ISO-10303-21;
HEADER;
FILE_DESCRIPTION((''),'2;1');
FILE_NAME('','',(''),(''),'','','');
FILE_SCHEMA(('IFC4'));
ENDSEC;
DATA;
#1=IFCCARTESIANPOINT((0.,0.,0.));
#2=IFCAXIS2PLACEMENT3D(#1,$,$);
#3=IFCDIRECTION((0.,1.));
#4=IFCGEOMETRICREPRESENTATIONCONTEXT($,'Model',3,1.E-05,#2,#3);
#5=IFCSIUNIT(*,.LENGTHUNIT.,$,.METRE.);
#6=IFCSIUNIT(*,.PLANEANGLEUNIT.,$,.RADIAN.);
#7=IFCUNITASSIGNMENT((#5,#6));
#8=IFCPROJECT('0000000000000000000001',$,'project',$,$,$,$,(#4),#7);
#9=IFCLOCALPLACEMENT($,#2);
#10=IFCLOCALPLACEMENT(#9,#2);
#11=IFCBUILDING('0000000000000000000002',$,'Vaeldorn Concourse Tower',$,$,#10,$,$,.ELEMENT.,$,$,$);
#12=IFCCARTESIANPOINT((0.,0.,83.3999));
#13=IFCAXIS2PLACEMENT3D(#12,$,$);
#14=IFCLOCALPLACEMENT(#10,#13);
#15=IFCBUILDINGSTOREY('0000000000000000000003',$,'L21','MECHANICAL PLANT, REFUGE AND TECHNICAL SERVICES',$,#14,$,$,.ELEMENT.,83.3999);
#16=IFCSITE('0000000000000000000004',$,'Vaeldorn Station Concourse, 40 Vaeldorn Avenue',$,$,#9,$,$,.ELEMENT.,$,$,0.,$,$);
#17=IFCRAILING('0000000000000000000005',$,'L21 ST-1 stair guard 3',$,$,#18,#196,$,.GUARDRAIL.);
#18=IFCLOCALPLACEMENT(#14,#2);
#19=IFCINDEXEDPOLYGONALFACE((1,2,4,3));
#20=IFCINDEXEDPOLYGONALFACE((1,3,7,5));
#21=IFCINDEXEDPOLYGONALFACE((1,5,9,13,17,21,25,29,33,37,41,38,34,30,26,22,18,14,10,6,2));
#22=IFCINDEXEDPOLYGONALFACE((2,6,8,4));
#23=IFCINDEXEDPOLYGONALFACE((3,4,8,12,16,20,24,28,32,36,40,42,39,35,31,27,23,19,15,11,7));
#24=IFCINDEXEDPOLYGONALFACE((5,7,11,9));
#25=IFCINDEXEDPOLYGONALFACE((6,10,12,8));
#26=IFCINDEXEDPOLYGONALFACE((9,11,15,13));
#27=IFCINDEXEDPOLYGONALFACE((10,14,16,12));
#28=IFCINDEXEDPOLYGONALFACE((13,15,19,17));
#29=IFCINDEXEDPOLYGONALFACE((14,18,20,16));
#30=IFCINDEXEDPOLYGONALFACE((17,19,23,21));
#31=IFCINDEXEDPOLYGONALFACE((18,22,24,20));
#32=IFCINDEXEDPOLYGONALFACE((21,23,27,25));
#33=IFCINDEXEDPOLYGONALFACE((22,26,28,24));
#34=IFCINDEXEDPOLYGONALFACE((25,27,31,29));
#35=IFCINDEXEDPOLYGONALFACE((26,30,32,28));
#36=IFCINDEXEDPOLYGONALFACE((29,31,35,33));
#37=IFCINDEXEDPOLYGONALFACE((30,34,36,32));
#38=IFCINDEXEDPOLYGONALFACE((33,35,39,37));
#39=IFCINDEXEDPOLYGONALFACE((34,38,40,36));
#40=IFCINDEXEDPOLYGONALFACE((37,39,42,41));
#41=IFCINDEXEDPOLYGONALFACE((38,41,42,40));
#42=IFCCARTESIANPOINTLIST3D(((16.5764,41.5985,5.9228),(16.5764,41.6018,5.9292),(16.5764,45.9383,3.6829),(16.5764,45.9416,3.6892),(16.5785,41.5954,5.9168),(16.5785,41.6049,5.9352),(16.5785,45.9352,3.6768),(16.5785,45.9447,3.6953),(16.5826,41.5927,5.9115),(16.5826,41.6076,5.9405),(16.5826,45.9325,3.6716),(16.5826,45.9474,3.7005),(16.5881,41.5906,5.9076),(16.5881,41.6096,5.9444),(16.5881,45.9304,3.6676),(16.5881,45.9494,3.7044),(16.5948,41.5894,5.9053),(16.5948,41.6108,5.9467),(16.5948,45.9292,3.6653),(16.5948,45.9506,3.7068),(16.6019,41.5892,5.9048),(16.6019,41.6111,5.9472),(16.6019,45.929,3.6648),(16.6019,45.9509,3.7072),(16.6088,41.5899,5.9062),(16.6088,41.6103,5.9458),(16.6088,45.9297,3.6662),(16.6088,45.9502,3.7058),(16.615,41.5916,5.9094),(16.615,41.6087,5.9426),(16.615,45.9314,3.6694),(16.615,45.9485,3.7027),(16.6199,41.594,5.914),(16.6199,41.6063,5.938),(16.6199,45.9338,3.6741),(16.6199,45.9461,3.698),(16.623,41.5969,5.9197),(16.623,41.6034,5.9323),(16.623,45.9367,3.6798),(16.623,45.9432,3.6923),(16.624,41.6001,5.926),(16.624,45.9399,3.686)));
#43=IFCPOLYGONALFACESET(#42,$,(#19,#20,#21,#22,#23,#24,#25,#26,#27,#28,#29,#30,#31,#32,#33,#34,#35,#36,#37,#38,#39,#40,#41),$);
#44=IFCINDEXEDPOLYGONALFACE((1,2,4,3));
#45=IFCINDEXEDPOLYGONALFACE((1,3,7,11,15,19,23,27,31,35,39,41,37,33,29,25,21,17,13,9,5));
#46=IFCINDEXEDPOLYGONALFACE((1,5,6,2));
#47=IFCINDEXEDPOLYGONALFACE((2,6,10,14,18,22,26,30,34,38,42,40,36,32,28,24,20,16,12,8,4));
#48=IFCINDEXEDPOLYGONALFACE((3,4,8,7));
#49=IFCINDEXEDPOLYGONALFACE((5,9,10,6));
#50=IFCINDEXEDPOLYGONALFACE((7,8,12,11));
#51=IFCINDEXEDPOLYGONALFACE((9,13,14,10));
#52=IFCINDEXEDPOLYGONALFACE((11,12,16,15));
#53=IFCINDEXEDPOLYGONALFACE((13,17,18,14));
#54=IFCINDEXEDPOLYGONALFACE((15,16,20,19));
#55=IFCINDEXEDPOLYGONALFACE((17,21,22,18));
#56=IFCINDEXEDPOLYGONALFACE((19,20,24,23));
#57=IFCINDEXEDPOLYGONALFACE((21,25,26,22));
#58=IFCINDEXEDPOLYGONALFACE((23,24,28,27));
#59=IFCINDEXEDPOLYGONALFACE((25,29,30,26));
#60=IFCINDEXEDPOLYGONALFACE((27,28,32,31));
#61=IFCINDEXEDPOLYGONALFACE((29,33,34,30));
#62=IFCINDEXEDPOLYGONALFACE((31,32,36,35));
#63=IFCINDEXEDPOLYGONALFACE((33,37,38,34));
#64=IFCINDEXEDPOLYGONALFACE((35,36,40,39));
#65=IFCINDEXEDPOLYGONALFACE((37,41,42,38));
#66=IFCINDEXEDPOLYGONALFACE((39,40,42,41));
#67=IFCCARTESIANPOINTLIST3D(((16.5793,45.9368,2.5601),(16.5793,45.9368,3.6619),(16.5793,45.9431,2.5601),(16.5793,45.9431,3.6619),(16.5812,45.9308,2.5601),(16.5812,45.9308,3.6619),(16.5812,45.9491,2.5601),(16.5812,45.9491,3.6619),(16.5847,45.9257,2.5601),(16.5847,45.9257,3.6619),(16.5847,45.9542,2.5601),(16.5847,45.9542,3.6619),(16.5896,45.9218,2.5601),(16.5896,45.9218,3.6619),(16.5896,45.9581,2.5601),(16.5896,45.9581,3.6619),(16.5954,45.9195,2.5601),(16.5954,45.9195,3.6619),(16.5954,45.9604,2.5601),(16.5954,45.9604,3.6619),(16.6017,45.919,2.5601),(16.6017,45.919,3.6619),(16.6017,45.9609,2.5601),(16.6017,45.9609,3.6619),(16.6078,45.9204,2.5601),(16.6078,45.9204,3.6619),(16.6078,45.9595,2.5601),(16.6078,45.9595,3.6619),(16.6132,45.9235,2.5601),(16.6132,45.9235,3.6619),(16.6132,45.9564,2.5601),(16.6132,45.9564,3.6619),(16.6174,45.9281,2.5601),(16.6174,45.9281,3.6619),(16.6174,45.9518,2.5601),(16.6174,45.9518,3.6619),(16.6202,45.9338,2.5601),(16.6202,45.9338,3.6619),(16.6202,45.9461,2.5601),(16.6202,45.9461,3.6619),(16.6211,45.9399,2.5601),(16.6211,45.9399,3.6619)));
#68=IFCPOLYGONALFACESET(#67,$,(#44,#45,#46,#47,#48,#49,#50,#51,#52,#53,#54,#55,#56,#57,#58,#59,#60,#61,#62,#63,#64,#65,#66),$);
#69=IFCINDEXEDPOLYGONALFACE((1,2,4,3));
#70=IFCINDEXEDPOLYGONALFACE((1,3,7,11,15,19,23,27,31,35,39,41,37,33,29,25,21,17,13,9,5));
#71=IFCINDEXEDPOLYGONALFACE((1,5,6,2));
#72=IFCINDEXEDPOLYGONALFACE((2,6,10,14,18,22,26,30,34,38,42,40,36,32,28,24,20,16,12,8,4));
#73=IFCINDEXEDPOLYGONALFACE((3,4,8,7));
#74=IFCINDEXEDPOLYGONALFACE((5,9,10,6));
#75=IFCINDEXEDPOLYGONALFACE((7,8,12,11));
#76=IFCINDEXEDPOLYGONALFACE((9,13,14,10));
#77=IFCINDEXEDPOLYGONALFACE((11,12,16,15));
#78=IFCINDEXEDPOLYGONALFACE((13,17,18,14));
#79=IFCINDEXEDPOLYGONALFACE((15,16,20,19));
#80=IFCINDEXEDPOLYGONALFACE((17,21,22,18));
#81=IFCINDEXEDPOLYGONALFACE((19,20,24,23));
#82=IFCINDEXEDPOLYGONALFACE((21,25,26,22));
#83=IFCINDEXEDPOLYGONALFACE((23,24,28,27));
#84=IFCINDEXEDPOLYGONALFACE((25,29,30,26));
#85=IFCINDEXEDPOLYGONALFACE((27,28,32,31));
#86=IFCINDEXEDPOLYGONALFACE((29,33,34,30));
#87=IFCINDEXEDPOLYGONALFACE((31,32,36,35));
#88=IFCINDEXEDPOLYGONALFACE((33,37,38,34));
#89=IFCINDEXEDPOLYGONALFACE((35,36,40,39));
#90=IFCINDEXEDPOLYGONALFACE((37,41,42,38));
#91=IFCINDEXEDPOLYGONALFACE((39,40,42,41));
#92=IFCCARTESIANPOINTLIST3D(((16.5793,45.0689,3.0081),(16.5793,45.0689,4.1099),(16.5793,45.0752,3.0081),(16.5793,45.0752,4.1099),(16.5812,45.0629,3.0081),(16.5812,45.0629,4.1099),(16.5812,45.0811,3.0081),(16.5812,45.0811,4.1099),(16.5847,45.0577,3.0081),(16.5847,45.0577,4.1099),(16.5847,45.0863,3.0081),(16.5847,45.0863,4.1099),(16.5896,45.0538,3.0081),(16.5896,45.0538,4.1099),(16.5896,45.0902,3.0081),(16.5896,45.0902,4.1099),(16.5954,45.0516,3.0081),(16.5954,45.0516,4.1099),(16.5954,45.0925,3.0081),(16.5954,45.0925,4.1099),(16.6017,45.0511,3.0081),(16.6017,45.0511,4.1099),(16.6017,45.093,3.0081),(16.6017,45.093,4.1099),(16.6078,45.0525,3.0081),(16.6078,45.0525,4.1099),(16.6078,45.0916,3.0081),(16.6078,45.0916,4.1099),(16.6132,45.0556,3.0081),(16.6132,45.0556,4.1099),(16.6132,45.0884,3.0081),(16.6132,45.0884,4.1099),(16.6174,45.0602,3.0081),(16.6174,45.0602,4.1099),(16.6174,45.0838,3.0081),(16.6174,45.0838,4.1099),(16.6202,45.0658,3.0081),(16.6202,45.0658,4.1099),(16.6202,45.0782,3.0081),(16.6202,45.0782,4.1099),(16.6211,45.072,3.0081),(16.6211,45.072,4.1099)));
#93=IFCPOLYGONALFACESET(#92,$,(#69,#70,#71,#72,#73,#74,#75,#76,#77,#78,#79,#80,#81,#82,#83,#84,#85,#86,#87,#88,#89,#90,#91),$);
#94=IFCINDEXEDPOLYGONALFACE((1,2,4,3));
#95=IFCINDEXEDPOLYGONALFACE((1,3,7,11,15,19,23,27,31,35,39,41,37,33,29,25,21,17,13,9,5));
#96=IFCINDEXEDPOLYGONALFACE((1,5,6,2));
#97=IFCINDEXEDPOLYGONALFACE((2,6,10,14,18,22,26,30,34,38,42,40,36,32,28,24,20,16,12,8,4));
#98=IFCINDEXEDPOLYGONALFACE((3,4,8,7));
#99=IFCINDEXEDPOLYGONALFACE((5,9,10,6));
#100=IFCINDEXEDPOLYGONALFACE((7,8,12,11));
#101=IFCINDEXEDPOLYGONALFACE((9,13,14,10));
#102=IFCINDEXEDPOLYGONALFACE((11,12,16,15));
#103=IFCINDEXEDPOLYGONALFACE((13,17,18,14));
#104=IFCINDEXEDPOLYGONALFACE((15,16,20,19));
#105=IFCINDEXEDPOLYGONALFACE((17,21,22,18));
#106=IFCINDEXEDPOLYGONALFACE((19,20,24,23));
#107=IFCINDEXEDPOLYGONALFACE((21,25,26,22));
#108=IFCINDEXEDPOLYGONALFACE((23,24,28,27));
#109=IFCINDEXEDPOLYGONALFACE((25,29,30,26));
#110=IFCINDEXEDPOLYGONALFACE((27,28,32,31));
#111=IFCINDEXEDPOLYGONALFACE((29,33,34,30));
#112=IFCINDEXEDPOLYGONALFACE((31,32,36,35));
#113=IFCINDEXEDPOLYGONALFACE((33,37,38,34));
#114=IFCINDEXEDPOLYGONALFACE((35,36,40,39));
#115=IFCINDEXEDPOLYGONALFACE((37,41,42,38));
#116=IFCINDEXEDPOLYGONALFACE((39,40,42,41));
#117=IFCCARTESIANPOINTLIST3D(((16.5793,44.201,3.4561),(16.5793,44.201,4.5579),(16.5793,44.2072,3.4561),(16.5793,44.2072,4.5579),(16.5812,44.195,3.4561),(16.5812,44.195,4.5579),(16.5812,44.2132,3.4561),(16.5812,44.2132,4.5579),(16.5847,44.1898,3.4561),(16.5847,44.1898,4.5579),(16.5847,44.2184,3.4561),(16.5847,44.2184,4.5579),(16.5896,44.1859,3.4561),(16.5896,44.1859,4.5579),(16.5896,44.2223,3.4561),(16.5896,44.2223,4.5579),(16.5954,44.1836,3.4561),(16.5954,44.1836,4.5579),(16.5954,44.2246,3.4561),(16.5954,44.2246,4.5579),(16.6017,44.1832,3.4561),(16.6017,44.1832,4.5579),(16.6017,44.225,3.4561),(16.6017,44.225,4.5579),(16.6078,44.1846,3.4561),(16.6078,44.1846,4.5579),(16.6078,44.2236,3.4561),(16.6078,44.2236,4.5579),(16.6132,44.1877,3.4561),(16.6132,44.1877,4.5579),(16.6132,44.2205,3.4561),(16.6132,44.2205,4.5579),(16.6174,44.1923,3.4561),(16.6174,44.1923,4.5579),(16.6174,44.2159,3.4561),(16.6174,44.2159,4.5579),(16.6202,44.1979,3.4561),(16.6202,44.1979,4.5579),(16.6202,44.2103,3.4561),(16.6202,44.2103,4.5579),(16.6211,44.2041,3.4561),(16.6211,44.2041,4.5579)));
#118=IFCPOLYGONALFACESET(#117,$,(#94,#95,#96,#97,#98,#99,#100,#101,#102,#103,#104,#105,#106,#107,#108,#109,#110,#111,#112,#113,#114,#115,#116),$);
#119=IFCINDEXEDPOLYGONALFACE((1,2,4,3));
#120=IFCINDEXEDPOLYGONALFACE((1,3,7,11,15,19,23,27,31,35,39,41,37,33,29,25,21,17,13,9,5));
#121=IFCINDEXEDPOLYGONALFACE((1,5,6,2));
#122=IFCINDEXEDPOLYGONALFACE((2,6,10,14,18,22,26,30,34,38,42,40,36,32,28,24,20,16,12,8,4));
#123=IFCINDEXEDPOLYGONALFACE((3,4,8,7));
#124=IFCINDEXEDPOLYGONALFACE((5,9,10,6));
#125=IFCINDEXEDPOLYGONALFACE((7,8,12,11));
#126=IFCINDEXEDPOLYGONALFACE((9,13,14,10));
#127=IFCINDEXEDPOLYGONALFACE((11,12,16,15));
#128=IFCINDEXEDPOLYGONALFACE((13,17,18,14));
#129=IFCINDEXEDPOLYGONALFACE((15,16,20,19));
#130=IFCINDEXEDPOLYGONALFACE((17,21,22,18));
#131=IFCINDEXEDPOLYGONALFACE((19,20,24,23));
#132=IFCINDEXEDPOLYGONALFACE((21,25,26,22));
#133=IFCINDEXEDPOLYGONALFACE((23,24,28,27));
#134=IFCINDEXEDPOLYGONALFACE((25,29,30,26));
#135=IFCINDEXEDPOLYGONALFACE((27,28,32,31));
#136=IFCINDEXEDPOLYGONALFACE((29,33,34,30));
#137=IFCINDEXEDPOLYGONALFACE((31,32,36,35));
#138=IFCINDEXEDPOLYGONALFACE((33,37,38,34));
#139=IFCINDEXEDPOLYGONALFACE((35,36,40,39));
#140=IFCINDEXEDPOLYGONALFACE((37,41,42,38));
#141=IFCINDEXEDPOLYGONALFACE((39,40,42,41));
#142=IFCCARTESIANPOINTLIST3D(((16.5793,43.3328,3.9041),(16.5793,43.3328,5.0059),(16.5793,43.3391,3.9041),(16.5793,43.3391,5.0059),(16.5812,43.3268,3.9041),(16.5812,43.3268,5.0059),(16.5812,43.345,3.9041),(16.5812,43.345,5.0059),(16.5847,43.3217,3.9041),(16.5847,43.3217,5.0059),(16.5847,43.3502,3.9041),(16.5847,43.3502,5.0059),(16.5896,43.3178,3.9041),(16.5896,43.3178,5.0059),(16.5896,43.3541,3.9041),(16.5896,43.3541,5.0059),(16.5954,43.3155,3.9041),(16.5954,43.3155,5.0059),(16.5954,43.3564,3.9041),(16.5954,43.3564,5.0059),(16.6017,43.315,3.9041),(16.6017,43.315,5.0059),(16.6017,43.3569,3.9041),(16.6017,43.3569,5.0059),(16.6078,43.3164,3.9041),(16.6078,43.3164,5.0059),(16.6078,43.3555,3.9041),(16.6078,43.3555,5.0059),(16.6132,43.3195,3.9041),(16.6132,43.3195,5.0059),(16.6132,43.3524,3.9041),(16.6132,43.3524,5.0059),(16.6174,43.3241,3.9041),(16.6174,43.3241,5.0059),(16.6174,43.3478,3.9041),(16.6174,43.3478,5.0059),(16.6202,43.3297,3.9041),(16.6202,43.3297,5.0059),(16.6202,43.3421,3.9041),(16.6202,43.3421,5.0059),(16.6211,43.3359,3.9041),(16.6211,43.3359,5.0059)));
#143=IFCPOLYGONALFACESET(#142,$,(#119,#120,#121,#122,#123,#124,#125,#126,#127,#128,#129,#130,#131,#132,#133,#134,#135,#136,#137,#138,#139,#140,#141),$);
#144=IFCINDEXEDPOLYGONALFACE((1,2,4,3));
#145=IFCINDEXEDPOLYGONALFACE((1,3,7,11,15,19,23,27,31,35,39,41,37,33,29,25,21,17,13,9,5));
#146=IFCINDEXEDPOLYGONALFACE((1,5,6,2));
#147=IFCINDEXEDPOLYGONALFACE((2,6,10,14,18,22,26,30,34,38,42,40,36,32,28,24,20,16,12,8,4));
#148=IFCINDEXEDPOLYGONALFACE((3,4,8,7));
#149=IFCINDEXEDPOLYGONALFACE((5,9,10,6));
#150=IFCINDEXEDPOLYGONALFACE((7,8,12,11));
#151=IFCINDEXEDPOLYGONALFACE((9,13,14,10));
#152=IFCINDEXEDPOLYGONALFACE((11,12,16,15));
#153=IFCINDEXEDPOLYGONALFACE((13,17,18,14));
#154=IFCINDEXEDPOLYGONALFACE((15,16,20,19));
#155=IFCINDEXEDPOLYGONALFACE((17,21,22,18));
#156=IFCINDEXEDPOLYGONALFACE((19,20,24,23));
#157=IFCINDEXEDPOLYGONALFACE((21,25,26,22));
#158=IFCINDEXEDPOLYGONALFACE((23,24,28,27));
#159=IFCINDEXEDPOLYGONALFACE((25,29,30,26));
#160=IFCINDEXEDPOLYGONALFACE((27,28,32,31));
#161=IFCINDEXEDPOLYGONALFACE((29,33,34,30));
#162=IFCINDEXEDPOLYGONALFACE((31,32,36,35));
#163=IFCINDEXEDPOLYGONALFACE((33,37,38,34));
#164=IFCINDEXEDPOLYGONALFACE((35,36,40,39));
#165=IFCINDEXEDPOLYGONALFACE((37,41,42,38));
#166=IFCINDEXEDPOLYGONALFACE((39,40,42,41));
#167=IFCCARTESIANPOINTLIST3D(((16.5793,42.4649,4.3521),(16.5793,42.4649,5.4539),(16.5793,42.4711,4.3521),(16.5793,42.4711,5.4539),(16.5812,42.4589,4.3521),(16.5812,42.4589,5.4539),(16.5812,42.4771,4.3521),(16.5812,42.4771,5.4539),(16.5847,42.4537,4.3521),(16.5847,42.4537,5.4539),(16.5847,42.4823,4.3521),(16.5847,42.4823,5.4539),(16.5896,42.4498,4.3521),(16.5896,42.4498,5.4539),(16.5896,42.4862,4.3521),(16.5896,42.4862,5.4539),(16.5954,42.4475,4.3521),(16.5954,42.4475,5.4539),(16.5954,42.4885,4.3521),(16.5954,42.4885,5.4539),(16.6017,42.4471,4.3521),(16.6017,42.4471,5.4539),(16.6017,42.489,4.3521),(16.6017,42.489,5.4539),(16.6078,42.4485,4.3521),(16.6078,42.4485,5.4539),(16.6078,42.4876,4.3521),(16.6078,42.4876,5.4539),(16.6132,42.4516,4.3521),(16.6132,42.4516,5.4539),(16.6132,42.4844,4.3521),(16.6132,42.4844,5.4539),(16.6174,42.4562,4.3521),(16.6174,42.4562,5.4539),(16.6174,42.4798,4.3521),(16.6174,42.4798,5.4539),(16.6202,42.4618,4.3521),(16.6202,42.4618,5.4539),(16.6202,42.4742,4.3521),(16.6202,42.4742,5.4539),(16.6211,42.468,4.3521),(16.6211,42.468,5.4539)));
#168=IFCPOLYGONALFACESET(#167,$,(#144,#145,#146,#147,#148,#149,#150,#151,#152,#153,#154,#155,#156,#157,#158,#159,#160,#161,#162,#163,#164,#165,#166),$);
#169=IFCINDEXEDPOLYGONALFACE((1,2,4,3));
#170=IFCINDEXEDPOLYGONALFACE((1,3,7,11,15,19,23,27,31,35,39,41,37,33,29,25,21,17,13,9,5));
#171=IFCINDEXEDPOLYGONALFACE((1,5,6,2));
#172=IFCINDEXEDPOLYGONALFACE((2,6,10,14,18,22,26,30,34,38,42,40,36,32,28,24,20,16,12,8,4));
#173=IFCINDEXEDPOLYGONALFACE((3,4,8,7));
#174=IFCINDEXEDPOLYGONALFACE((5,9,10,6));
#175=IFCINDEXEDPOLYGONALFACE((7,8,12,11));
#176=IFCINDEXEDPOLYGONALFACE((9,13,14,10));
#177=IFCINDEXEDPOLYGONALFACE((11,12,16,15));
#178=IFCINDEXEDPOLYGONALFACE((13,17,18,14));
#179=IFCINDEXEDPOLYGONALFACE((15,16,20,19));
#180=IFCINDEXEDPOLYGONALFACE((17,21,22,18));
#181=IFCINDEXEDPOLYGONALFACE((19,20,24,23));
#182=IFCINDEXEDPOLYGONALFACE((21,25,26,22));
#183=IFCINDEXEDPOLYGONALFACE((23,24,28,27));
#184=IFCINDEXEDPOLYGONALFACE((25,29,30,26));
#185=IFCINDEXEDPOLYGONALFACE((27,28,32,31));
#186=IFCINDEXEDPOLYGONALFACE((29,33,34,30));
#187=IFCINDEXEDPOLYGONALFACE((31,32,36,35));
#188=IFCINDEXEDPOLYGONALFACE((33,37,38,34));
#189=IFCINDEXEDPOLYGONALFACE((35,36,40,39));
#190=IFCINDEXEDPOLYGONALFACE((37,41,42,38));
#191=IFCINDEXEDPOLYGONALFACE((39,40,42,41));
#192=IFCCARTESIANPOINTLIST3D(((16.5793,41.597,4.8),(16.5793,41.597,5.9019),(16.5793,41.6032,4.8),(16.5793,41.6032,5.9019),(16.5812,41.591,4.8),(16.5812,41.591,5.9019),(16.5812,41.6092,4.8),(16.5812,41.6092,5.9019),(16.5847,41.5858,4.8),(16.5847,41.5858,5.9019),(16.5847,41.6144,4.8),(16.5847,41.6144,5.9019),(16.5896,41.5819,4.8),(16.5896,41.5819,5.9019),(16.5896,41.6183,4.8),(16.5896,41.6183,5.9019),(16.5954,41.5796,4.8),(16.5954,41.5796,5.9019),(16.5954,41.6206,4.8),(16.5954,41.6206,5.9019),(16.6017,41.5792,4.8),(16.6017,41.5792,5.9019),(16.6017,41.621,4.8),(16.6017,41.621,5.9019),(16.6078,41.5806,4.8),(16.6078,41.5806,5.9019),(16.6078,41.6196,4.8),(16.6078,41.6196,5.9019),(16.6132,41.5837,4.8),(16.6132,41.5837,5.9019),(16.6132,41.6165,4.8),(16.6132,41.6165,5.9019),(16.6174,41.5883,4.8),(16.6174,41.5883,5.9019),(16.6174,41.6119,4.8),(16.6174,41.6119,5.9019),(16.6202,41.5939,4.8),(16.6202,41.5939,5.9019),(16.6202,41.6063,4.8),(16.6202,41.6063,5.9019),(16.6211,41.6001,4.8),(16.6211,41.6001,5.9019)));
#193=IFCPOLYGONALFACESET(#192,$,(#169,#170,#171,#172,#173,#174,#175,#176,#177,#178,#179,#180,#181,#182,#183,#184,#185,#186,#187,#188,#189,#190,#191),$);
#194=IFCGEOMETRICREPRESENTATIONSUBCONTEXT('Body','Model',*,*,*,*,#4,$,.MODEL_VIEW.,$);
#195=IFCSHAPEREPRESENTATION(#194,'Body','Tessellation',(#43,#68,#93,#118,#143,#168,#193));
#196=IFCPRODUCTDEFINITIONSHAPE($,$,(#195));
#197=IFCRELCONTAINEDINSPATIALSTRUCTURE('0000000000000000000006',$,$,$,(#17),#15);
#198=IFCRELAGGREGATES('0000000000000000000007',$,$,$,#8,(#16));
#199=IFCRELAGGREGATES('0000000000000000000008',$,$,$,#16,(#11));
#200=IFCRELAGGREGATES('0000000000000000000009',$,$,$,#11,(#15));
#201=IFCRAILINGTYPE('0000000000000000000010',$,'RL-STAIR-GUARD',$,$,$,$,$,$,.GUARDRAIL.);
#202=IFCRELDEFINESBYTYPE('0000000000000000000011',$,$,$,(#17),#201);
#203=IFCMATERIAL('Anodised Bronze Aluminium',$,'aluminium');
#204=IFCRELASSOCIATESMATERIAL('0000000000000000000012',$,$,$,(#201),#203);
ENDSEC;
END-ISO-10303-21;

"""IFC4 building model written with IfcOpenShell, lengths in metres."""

from ifc_helpers import new_model, si_unit, direction, frame, origin, origin_2d, place, context, subcontext, project, spatial, circle, extrude, material, type_object, element, save


model = new_model("IFC4")

# Units and contexts
model_context = context("Model", 3, precision=1e-05, world=origin(), true_north=direction((0.0, 1.0)))
body_context = subcontext(model_context, "Body", "Model", "MODEL_VIEW")
ifc_project = project(units=[si_unit("LENGTHUNIT", "METRE"), si_unit("PLANEANGLEUNIT", "RADIAN")], contexts=[model_context])

# Site, building, storey
site_placement = place(None, origin())
site = spatial("IfcSite", under=ifc_project, at=site_placement, Name="Vaeldorn Station Concourse, 40 Vaeldorn Avenue", CompositionType="ELEMENT", RefElevation=0.0)
building_placement = place(site_placement, origin())
building = spatial("IfcBuilding", under=site, at=building_placement, Name="Vaeldorn Concourse Tower", CompositionType="ELEMENT")
storey_placement = place(building_placement, frame((0.0, 0.0, 83.3999)))
storey = spatial("IfcBuildingStorey", under=building, at=storey_placement, Name="L21", Description="MECHANICAL PLANT, REFUGE AND TECHNICAL SERVICES", CompositionType="ELEMENT", Elevation=83.3999)

# Railing
ifc_material_1 = material(Name="Anodised Bronze Aluminium", Category="aluminium")
railing_type_1 = type_object("IfcRailingType", Name="RL-STAIR-GUARD", PredefinedType="GUARDRAIL", material=ifc_material_1)
railing_1_placement = place(storey_placement, frame((16.6001, 45.9399, 2.5601)))
element("IfcRailing", 1, at=railing_1_placement, inside=storey, type_object=railing_type_1, Name="L21 ST-1 stair guard 3", PredefinedType="GUARDRAIL", context=body_context, shape_type="SweptSolid", body=[
    extrude(circle(Radius=0.0239, at=origin_2d()), frame((0.0, 0.0, 1.126), z_axis=(0.0, -0.888615, 0.458654), x_axis=(1.0, 0.0, 0.0)), (0.0, 0.0, 1.0), 4.8838),
    extrude(circle(Radius=0.021, at=origin_2d()), origin(), (0.0, 0.0, 1.0), 1.1018),
    extrude(circle(Radius=0.021, at=origin_2d()), frame((0.0, -0.8679, 0.448)), (0.0, 0.0, 1.0), 1.1018),
    extrude(circle(Radius=0.021, at=origin_2d()), frame((0.0, -1.7358, 0.896)), (0.0, 0.0, 1.0), 1.1018),
    extrude(circle(Radius=0.021, at=origin_2d()), frame((0.0, -2.604, 1.344)), (0.0, 0.0, 1.0), 1.1018),
    extrude(circle(Radius=0.021, at=origin_2d()), frame((0.0, -3.4719, 1.792)), (0.0, 0.0, 1.0), 1.1018),
    extrude(circle(Radius=0.021, at=origin_2d()), frame((0.0, -4.3398, 2.24)), (0.0, 0.0, 1.0), 1.1018),
])

save(model, "model.ifc")
